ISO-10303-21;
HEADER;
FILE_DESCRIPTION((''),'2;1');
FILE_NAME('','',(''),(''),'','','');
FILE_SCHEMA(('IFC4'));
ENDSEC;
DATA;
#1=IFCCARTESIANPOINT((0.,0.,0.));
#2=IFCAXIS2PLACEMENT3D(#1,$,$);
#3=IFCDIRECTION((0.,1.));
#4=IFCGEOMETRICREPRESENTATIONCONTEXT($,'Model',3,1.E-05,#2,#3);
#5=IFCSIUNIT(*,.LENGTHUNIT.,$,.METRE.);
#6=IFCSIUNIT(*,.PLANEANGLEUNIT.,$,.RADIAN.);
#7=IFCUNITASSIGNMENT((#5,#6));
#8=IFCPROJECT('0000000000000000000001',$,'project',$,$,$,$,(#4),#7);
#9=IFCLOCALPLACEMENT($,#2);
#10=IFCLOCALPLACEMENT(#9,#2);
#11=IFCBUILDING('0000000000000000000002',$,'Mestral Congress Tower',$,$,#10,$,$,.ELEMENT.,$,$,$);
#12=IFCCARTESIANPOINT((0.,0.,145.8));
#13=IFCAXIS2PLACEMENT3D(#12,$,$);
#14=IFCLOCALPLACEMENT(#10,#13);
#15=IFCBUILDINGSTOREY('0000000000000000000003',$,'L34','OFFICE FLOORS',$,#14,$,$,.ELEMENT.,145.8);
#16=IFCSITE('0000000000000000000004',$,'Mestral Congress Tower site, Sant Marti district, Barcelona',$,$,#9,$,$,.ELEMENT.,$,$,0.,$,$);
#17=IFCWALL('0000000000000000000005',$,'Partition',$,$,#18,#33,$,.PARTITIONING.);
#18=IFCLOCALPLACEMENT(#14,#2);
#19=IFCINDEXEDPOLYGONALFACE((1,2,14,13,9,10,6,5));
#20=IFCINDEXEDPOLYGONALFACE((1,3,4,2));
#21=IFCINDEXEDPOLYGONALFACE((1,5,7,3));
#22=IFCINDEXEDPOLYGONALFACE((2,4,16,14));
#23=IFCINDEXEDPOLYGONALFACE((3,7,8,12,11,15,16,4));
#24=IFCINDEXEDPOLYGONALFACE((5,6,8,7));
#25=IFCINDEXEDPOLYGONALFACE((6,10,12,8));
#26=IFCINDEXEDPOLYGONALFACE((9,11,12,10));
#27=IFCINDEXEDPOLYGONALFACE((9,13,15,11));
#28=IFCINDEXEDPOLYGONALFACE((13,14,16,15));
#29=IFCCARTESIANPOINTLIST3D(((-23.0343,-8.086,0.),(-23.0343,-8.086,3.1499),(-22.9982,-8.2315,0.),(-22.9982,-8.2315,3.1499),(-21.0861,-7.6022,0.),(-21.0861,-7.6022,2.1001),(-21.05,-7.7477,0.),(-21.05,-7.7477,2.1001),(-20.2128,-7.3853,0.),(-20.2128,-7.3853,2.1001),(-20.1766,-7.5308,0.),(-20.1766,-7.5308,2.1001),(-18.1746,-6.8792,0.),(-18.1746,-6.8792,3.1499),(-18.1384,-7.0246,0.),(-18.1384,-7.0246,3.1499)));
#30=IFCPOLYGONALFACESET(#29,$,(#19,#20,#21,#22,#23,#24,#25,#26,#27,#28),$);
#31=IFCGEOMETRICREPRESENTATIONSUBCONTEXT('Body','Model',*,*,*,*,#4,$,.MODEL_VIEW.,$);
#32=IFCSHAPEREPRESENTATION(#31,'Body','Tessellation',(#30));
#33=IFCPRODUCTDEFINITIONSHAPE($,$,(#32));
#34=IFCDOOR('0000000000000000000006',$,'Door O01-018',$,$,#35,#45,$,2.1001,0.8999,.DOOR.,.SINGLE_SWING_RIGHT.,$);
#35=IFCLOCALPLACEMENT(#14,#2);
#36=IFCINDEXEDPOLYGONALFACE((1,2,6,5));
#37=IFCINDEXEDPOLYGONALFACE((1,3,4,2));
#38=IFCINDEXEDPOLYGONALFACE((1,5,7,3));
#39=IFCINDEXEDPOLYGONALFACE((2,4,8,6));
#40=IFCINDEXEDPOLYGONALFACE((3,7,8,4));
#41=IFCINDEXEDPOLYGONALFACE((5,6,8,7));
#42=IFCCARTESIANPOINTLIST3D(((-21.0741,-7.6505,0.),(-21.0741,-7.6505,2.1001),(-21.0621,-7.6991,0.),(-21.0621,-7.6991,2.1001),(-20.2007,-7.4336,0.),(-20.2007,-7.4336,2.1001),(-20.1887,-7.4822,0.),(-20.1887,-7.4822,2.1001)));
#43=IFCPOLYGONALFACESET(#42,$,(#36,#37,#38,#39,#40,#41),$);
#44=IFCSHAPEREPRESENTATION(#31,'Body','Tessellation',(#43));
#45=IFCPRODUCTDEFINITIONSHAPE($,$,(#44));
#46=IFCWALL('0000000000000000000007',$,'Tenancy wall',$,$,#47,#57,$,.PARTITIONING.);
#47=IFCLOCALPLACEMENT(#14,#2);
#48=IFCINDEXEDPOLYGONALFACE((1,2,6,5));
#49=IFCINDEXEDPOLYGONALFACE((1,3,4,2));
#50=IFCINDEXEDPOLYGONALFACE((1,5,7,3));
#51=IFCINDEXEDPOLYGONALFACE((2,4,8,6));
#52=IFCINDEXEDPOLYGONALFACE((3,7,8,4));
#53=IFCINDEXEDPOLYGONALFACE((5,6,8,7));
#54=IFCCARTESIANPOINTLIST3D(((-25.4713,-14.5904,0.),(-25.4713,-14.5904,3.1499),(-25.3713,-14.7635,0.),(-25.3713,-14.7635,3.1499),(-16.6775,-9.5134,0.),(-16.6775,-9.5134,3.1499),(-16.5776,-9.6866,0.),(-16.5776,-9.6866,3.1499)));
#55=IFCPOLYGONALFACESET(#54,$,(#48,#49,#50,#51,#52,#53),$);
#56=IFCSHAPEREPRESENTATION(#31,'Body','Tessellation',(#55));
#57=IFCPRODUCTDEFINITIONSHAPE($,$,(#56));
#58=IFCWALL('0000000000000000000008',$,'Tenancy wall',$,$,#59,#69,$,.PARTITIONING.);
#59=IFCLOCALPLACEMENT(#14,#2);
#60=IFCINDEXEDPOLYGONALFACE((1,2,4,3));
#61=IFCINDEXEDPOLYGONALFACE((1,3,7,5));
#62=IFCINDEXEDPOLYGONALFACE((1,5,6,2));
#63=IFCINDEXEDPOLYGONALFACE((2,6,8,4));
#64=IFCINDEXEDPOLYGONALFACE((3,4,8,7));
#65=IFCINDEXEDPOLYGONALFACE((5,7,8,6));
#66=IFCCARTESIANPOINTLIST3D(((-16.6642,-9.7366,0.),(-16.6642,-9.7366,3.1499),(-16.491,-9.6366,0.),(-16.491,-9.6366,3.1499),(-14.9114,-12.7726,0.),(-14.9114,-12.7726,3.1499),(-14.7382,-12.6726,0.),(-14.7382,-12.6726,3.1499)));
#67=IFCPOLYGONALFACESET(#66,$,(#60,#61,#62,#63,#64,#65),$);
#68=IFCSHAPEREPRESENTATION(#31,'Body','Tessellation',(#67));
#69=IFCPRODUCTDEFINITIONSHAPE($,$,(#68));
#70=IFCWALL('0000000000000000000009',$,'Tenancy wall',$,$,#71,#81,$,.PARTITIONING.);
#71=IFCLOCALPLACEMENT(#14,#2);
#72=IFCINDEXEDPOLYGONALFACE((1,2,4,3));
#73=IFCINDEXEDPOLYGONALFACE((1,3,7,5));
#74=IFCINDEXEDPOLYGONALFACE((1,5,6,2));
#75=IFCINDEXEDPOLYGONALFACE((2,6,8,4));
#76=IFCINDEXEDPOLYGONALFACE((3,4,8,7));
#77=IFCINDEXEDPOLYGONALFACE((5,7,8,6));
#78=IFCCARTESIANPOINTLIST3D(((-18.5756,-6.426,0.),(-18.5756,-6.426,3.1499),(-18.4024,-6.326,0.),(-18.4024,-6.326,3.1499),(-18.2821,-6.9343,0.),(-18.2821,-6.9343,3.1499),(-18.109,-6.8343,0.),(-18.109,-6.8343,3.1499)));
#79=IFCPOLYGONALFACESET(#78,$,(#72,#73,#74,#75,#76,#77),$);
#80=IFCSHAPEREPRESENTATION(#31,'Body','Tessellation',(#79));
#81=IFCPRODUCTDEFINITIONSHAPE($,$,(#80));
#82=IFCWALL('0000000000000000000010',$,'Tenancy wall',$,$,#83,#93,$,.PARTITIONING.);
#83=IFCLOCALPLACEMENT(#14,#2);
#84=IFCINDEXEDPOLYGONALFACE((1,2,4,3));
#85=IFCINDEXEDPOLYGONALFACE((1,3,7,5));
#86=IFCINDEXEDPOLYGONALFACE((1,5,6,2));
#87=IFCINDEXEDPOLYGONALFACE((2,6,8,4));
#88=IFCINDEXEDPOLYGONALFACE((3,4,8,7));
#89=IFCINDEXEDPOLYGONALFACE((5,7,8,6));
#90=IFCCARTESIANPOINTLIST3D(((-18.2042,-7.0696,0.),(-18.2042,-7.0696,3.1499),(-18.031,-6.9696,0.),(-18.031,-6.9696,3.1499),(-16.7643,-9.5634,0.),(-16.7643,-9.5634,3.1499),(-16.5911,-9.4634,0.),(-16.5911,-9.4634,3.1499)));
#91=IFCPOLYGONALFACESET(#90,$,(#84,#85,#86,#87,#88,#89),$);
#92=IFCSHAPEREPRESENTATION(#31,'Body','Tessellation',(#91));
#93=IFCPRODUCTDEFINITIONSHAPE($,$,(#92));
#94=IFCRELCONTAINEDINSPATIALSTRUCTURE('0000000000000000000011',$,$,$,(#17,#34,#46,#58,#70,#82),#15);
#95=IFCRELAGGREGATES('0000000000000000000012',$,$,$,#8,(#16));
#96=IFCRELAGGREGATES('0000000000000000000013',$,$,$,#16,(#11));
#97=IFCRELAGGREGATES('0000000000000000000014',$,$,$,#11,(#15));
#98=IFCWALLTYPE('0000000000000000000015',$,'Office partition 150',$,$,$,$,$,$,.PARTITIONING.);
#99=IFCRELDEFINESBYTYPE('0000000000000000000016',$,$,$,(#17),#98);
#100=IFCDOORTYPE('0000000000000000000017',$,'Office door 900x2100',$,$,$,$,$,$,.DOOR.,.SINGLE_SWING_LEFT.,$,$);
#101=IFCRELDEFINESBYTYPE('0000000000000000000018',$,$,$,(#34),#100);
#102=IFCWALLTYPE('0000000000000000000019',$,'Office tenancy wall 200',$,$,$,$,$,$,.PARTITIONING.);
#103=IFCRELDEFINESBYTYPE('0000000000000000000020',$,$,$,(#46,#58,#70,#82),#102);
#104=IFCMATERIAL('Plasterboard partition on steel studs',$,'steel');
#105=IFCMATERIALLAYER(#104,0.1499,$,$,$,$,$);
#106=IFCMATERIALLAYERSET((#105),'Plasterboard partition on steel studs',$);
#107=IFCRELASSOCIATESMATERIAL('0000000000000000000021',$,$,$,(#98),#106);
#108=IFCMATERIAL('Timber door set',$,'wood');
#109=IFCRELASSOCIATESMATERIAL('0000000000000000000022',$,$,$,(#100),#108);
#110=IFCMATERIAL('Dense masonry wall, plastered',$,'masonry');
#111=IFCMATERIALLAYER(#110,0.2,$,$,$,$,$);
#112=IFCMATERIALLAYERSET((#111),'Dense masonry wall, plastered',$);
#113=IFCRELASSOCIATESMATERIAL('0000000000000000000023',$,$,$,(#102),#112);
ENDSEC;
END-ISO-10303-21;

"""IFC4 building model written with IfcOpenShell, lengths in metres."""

from ifc_helpers import new_model, si_unit, direction, frame, frame_2d, origin, place, context, subcontext, project, spatial, rectangle, extrude, material, layer, layer_set, type_object, element, fill, save


model = new_model("IFC4")

# Units and contexts
model_context = context("Model", 3, precision=1e-05, world=origin(), true_north=direction((0.0, 1.0)))
body_context = subcontext(model_context, "Body", "Model", "MODEL_VIEW")
ifc_project = project(units=[si_unit("LENGTHUNIT", "METRE"), si_unit("PLANEANGLEUNIT", "RADIAN")], contexts=[model_context])

# Site, building, storey
site_placement = place(None, origin())
site = spatial("IfcSite", under=ifc_project, at=site_placement, Name="Mestral Congress Tower site, Sant Marti district, Barcelona", CompositionType="ELEMENT", RefElevation=0.0)
building_placement = place(site_placement, origin())
building = spatial("IfcBuilding", under=site, at=building_placement, Name="Mestral Congress Tower", CompositionType="ELEMENT")
storey_placement = place(building_placement, frame((0.0, 0.0, 145.8)))
storey = spatial("IfcBuildingStorey", under=building, at=storey_placement, Name="L34", Description="OFFICE FLOORS", CompositionType="ELEMENT", Elevation=145.8)

# Shared definitions
ifc_material_1 = material(Name="Plasterboard partition on steel studs", Category="steel")
ifc_layer_1 = layer(ifc_material_1, 0.1499)
ifc_layer_set_1 = layer_set([ifc_layer_1], Name="Plasterboard partition on steel studs")
wall_type_1 = type_object("IfcWallType", Name="Office partition 150", PredefinedType="PARTITIONING", material=ifc_layer_set_1)
ifc_material_2 = material(Name="Timber door set", Category="wood")
door_type = type_object("IfcDoorType", Name="Office door 900x2100", OperationType="SINGLE_SWING_LEFT", PredefinedType="DOOR", material=ifc_material_2)

# Wall, opening, door
wall_1_placement = place(storey_placement, frame((-18.1565, -6.9519, 0.0), z_axis=(0.0, 0.0, 1.0), x_axis=(-0.970523, -0.241009, 0.0)))
wall_1 = element("IfcWall", 1, at=wall_1_placement, inside=storey, type_object=wall_type_1, Name="Partition", PredefinedType="PARTITIONING", context=body_context, shape_type="SweptSolid", body=[
    extrude(rectangle(XDim=5.0073, YDim=0.1499, at=frame_2d((2.5037, 0.0))), origin(), (0.0, 0.0, 1.0), 3.1499),
])
opening_1_placement = place(wall_1_placement, frame((2.1001, 0.0, 0.0)))
opening_1 = element("IfcOpeningElement", 2, at=opening_1_placement, cuts=wall_1, PredefinedType="OPENING", context=body_context, shape_type="SweptSolid", body=[
    extrude(rectangle(XDim=0.8999, YDim=2.1001, at=frame_2d((0.45, 1.05))), frame((0.0, 0.085, 0.0), z_axis=(0.0, -1.0, 0.0), x_axis=(1.0, 0.0, 0.0)), (0.0, 0.0, 1.0), 0.1699),
])
door_1_placement = place(opening_1_placement, origin())
door_1 = element("IfcDoor", 3, at=door_1_placement, inside=storey, type_object=door_type, Name="Door O01-018", OperationType="SINGLE_SWING_RIGHT", OverallHeight=2.1001, OverallWidth=0.8999, PredefinedType="DOOR", context=body_context, shape_type="SweptSolid", body=[
    extrude(rectangle(XDim=0.8999, YDim=2.1001, at=frame_2d((0.45, 1.05))), frame((0.0, 0.0249, 0.0), z_axis=(0.0, -1.0, 0.0), x_axis=(1.0, 0.0, 0.0)), (0.0, 0.0, 1.0), 0.05),
])
fill(opening_1, door_1)

# Walls
ifc_material_3 = material(Name="Dense masonry wall, plastered", Category="masonry")
ifc_layer_2 = layer(ifc_material_3, 0.2)
ifc_layer_set_2 = layer_set([ifc_layer_2], Name="Dense masonry wall, plastered")
wall_type_2 = type_object("IfcWallType", Name="Office tenancy wall 200", PredefinedType="PARTITIONING", material=ifc_layer_set_2)
wall_2_placement = place(storey_placement, frame((-25.4214, -14.677, 0.0), z_axis=(0.0, 0.0, 1.0), x_axis=(0.866031, 0.49999, 0.0)))
element("IfcWall", 4, at=wall_2_placement, inside=storey, type_object=wall_type_2, Name="Tenancy wall", PredefinedType="PARTITIONING", context=body_context, shape_type="SweptSolid", body=[
    extrude(rectangle(XDim=10.1541, YDim=0.2, at=frame_2d((5.0771, 0.0))), origin(), (0.0, 0.0, 1.0), 3.1499),
])
wall_3_placement = place(storey_placement, frame((-16.5776, -9.6865, 0.0), z_axis=(0.0, 0.0, 1.0), x_axis=(0.499982, -0.866036, 0.0)))
element("IfcWall", 5, at=wall_3_placement, inside=storey, type_object=wall_type_2, Name="Tenancy wall", PredefinedType="PARTITIONING", context=body_context, shape_type="SweptSolid", body=[
    extrude(rectangle(XDim=3.5056, YDim=0.2, at=frame_2d((1.7529, 0.0))), origin(), (0.0, 0.0, 1.0), 3.1499),
])
wall_4_placement = place(storey_placement, frame((-18.489, -6.376, 0.0), z_axis=(0.0, 0.0, 1.0), x_axis=(0.499987, -0.866033, 0.0)))
element("IfcWall", 6, at=wall_4_placement, inside=storey, type_object=wall_type_2, Name="Tenancy wall", PredefinedType="PARTITIONING", context=body_context, shape_type="SweptSolid", body=[
    extrude(rectangle(XDim=0.5869, YDim=0.2, at=frame_2d((0.2935, 0.0))), origin(), (0.0, 0.0, 1.0), 3.1499),
])
wall_5_placement = place(storey_placement, frame((-18.1177, -7.0195, 0.0), z_axis=(0.0, 0.0, 1.0), x_axis=(0.500023, -0.866012, 0.0)))
element("IfcWall", 7, at=wall_5_placement, inside=storey, type_object=wall_type_2, Name="Tenancy wall", PredefinedType="PARTITIONING", context=body_context, shape_type="SweptSolid", body=[
    extrude(rectangle(XDim=2.8796, YDim=0.2, at=frame_2d((1.4399, 0.0))), origin(), (0.0, 0.0, 1.0), 3.1499),
])

save(model, "model.ifc")
